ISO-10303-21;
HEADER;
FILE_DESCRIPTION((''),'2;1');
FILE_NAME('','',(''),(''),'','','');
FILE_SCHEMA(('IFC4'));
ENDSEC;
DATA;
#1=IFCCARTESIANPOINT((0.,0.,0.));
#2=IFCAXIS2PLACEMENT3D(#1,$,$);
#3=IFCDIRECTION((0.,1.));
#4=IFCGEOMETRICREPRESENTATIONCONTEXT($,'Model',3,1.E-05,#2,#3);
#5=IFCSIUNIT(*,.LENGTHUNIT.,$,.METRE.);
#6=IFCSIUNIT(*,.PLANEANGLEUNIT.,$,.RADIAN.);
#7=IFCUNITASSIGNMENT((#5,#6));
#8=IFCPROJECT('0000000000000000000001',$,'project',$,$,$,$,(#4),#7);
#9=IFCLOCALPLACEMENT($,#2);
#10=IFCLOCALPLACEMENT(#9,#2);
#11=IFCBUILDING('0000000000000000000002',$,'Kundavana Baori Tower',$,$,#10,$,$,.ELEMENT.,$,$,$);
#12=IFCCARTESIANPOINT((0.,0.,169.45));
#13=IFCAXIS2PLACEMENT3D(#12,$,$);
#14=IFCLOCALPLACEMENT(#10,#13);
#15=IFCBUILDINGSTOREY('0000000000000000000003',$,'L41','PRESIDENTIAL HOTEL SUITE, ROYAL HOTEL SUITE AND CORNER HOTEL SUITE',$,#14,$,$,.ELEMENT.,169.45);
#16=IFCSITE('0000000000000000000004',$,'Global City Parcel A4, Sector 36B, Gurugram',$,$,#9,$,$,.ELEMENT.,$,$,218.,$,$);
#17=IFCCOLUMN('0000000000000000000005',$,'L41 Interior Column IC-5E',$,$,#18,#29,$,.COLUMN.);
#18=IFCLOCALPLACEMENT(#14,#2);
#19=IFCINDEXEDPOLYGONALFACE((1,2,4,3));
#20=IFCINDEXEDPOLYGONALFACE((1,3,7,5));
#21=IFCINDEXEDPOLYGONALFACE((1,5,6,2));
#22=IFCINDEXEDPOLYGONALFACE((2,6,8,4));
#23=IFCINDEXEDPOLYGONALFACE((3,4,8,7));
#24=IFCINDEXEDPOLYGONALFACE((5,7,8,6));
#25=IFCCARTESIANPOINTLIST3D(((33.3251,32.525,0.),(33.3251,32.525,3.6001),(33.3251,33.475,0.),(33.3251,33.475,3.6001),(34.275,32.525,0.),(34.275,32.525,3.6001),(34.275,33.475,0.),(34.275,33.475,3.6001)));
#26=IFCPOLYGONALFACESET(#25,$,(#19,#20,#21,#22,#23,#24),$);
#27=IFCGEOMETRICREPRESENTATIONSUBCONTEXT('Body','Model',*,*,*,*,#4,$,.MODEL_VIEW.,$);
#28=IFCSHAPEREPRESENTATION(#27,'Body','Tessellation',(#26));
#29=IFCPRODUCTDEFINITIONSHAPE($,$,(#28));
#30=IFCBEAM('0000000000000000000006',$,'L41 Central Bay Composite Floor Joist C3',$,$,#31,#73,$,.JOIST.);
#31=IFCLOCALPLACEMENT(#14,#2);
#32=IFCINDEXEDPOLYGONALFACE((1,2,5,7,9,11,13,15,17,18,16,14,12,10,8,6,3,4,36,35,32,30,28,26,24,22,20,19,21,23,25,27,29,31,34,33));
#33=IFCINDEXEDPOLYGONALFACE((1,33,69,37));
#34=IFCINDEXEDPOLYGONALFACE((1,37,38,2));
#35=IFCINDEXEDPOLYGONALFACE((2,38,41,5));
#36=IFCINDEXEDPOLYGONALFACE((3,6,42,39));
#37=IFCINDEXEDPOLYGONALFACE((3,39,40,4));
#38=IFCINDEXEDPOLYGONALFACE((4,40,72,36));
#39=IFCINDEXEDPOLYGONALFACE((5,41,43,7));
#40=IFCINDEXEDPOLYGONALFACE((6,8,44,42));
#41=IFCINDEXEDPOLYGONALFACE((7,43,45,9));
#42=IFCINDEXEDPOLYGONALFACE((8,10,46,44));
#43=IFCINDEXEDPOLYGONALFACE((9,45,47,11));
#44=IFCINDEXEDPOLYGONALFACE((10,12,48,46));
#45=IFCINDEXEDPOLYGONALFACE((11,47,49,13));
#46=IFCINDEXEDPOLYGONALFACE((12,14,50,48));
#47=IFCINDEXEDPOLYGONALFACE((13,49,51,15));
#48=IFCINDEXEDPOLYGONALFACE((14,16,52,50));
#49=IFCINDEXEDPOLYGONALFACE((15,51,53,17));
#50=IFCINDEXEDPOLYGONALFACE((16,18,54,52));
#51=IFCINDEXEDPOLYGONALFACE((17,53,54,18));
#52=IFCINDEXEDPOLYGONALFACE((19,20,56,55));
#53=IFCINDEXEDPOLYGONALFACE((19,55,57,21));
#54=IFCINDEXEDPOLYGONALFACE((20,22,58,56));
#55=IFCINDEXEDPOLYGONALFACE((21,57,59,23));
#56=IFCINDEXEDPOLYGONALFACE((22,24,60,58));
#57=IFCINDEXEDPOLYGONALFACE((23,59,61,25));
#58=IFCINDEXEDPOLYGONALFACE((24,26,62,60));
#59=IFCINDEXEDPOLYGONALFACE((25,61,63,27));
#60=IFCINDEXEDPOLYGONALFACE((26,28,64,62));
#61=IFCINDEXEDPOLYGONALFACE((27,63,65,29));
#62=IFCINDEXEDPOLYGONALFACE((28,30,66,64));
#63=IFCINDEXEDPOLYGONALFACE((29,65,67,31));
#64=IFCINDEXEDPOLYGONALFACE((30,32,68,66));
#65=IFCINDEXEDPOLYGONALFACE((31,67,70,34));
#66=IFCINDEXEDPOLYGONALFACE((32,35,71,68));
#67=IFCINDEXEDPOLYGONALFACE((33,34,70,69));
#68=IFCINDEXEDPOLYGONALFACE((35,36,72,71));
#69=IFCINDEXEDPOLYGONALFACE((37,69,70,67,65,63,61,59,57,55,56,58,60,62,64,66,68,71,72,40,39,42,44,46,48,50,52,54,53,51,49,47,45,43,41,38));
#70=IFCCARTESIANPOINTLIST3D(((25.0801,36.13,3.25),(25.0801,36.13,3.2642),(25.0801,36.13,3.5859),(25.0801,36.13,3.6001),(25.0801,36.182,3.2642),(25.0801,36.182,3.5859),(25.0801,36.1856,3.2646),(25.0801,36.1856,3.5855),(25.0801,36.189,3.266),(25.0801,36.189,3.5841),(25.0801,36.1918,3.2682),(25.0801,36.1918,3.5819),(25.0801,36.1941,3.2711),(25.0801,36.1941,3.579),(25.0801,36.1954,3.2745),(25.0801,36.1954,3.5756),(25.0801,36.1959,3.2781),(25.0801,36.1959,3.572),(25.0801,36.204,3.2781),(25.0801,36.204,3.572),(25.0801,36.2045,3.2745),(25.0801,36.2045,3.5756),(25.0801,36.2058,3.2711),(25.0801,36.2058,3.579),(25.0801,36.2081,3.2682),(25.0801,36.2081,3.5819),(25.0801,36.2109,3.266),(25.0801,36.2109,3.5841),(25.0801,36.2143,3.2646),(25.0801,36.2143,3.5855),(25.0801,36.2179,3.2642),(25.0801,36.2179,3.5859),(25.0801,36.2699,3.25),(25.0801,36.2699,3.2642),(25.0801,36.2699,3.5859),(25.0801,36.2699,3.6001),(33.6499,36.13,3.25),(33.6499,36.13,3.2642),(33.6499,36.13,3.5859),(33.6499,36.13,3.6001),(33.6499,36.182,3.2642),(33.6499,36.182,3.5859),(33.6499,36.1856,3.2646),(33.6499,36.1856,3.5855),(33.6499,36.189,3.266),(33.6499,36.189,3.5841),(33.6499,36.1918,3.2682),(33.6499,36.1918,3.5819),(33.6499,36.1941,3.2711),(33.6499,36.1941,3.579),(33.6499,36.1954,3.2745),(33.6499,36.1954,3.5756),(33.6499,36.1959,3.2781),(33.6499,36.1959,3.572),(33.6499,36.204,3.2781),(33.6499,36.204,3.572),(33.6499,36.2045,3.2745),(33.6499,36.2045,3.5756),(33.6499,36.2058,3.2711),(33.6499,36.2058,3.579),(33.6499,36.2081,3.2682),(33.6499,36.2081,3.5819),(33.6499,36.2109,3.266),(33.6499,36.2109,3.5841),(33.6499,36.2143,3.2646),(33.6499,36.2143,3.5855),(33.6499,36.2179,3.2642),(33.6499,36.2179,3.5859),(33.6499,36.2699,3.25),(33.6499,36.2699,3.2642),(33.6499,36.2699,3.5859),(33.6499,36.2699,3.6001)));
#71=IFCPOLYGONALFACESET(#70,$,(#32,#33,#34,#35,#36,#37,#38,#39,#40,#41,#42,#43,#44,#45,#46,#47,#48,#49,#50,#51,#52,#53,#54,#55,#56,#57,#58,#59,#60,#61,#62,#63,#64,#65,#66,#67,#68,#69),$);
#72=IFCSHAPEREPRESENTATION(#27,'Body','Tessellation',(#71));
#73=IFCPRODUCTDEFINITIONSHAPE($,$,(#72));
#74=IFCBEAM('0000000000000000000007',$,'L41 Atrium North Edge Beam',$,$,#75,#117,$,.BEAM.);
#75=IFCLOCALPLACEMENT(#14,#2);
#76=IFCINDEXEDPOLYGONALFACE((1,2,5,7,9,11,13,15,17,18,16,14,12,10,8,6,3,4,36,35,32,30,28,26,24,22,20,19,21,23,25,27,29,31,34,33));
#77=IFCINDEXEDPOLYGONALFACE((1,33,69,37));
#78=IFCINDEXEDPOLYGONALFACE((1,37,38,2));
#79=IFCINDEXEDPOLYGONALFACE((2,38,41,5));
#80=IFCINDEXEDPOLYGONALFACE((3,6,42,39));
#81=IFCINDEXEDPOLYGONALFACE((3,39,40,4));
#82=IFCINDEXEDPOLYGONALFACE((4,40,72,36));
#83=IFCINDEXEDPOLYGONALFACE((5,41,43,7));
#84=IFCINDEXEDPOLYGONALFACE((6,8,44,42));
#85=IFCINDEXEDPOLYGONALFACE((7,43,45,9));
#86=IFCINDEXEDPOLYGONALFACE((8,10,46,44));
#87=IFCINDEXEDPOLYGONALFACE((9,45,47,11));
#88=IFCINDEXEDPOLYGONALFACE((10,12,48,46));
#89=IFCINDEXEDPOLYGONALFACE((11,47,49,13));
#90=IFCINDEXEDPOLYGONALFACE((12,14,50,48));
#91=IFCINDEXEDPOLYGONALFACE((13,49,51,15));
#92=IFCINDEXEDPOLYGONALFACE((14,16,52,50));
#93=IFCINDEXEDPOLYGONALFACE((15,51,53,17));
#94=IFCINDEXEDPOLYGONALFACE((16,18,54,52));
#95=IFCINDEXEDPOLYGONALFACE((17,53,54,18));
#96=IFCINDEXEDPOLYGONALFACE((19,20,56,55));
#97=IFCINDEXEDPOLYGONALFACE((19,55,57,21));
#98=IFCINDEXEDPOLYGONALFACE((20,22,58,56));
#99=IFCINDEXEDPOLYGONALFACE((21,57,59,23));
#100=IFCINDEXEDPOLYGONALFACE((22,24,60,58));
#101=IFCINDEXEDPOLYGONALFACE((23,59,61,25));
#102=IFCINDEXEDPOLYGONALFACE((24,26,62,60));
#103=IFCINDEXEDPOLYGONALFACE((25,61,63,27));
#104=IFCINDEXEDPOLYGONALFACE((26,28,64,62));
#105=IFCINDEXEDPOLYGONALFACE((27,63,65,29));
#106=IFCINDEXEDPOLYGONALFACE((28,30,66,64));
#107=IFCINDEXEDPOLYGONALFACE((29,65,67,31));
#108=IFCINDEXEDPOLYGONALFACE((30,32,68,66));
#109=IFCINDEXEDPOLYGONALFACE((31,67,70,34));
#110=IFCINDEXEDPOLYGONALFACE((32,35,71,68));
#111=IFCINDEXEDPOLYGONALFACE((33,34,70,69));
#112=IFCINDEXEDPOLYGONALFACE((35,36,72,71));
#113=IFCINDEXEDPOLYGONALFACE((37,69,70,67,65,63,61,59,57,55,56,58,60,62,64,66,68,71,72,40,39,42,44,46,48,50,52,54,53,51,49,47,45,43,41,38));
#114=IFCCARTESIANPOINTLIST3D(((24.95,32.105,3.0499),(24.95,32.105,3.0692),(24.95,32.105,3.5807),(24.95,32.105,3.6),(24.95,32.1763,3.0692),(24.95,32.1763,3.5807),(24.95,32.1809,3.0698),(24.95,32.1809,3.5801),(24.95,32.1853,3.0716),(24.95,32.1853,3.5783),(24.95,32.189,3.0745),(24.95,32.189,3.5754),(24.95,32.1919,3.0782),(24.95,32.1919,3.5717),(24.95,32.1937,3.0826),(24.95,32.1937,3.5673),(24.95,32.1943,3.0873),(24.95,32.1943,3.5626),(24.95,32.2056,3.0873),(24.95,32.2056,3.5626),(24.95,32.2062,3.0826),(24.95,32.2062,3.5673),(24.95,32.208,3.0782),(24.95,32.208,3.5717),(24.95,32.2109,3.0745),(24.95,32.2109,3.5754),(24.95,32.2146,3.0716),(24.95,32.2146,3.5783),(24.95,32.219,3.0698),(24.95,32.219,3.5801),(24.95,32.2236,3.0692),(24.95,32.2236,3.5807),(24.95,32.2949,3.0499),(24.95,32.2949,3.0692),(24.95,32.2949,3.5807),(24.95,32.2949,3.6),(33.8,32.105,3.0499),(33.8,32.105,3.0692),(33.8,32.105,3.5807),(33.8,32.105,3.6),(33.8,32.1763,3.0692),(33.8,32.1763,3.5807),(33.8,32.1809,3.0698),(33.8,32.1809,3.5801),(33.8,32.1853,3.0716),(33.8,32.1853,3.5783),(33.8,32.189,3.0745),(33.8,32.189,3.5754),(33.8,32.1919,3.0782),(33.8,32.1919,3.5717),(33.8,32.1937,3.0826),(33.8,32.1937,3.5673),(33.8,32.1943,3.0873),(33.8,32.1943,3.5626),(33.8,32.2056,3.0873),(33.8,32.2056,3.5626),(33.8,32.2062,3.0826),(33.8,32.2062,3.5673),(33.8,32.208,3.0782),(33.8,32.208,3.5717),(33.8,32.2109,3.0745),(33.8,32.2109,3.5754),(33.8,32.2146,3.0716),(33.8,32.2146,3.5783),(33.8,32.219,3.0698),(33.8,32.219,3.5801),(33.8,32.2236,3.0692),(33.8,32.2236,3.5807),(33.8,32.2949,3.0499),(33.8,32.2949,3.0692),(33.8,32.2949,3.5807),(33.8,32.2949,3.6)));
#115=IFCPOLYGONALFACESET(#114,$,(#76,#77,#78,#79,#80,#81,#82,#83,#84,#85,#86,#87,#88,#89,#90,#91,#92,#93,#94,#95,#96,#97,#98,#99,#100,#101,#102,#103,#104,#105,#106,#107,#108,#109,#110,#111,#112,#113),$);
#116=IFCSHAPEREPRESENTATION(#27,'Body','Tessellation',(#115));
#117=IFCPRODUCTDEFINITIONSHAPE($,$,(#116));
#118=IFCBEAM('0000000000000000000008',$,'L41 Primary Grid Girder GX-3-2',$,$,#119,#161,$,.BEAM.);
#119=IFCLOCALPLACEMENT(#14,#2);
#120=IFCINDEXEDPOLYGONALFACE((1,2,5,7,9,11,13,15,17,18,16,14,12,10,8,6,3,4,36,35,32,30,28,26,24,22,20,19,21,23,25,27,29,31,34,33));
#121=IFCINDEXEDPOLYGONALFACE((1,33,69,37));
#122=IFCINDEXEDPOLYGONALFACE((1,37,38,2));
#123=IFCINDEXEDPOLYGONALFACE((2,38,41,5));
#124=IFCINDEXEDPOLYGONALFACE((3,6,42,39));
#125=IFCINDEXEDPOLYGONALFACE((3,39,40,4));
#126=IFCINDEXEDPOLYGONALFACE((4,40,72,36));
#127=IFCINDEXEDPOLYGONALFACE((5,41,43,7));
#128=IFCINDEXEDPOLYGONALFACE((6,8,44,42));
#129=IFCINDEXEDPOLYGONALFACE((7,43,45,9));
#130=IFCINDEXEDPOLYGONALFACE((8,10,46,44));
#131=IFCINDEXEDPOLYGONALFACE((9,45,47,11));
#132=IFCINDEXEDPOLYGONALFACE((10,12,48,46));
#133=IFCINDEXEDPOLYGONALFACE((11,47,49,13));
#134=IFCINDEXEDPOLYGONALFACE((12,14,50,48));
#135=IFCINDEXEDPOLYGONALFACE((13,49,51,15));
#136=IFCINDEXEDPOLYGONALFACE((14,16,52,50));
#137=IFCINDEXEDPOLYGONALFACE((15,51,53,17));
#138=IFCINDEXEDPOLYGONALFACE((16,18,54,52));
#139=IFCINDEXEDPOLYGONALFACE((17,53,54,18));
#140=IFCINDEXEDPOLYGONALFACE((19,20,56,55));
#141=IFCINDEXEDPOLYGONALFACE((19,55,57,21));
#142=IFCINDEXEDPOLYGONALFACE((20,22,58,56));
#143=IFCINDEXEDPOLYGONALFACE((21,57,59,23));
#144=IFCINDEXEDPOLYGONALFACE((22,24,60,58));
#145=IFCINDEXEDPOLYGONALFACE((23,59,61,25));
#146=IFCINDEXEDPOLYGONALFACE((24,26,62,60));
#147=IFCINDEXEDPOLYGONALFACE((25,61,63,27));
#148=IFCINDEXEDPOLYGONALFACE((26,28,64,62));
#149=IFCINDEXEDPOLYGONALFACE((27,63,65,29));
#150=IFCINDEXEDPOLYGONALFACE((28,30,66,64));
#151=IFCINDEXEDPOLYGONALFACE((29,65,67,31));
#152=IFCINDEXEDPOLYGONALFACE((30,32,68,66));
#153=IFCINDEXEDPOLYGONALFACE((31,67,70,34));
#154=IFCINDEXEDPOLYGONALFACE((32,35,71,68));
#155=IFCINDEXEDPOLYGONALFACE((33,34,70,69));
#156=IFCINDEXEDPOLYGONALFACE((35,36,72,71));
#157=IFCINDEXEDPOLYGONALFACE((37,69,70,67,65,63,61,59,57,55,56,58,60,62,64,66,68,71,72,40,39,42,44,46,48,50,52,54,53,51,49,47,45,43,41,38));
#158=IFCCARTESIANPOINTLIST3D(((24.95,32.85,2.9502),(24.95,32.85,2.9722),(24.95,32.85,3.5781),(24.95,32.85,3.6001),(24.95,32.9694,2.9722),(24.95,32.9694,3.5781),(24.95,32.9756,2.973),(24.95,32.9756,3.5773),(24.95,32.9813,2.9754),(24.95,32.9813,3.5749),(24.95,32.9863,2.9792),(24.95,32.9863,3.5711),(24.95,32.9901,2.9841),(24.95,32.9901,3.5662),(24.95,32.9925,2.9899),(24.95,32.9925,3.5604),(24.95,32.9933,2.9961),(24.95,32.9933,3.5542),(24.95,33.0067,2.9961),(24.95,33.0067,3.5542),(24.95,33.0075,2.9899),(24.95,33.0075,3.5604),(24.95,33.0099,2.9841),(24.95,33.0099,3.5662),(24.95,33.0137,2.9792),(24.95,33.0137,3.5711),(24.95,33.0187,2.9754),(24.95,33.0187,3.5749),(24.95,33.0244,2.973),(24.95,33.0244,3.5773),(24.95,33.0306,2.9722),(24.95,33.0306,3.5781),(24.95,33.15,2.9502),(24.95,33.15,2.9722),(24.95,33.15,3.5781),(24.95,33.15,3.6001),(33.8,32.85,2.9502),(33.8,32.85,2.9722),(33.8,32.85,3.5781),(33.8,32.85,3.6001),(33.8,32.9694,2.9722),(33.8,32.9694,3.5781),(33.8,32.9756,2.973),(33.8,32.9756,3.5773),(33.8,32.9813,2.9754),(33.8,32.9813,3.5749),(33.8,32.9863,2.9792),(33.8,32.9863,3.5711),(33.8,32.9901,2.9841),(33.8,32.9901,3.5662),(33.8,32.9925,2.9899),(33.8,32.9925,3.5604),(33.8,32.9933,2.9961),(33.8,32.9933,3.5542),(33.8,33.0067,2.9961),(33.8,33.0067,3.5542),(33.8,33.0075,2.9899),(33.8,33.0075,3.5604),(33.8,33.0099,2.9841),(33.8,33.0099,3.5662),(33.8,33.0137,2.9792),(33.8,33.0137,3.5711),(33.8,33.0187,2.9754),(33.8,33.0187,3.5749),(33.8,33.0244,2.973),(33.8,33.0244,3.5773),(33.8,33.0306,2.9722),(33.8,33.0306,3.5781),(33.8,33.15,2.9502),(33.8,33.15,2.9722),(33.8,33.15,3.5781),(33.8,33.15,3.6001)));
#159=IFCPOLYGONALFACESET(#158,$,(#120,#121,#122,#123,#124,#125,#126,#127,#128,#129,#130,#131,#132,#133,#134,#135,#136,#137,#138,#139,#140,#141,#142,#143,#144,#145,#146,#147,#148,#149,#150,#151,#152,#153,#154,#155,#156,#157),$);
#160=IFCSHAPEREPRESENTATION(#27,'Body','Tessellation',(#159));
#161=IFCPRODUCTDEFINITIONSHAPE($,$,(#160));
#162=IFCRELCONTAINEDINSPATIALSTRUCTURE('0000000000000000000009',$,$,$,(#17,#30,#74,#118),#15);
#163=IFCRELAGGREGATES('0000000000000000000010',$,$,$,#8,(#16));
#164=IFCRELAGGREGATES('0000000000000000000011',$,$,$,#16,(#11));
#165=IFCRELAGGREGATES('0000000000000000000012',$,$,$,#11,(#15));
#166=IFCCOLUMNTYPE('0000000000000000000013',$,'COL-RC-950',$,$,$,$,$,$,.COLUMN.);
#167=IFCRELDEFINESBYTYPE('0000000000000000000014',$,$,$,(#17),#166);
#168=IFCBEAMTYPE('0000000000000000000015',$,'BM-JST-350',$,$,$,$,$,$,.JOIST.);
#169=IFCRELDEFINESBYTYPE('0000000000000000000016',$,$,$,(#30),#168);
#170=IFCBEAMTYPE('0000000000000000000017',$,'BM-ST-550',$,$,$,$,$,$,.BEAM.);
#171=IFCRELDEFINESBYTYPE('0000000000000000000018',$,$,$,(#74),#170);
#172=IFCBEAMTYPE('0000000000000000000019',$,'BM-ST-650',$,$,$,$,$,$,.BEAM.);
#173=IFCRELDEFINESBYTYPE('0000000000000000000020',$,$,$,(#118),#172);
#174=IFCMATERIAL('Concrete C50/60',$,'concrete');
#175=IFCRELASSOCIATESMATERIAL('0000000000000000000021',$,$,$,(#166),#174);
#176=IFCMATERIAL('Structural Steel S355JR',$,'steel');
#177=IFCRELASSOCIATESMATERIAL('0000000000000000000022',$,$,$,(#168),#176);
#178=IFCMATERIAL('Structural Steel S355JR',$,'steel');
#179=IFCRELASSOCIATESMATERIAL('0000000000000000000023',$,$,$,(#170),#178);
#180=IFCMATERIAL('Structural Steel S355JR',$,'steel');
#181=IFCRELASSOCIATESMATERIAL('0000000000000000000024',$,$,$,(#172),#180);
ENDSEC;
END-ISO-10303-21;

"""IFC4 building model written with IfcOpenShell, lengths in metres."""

from ifc_helpers import new_model, si_unit, direction, frame, origin, origin_2d, place, context, subcontext, project, spatial, rectangle, i_section, extrude, material, material_profile, profile_set, type_object, element, save


model = new_model("IFC4")

# Units and contexts
model_context = context("Model", 3, precision=1e-05, world=origin(), true_north=direction((0.0, 1.0)))
body_context = subcontext(model_context, "Body", "Model", "MODEL_VIEW")
ifc_project = project(units=[si_unit("LENGTHUNIT", "METRE"), si_unit("PLANEANGLEUNIT", "RADIAN")], contexts=[model_context])

# Site, building, storey
site_placement = place(None, origin())
site = spatial("IfcSite", under=ifc_project, at=site_placement, Name="Global City Parcel A4, Sector 36B, Gurugram", CompositionType="ELEMENT", RefElevation=218.0)
building_placement = place(site_placement, origin())
building = spatial("IfcBuilding", under=site, at=building_placement, Name="Kundavana Baori Tower", CompositionType="ELEMENT")
storey_placement = place(building_placement, frame((0.0, 0.0, 169.45)))
storey = spatial("IfcBuildingStorey", under=building, at=storey_placement, Name="L41", Description="PRESIDENTIAL HOTEL SUITE, ROYAL HOTEL SUITE AND CORNER HOTEL SUITE", CompositionType="ELEMENT", Elevation=169.45)

# Column
ifc_material_1 = material(Name="Concrete C50/60", Category="concrete")
ifc_material_profile_1 = material_profile(ifc_material_1, rectangle(XDim=0.95, YDim=0.95, at=origin_2d()), Name="RC 950x950")
ifc_profile_set_1 = profile_set([ifc_material_profile_1], Name="Concrete C50/60")
column_type = type_object("IfcColumnType", Name="COL-RC-950", PredefinedType="COLUMN", material=ifc_profile_set_1)
column_placement = place(storey_placement, frame((33.8, 33.0, 0.0), z_axis=(0.0, 0.0, 1.0), x_axis=(1.0, 0.0, 0.0)))
element("IfcColumn", 1, at=column_placement, inside=storey, type_object=column_type, Name="L41 Interior Column IC-5E", PredefinedType="COLUMN", context=body_context, shape_type="SweptSolid", body=[
    extrude(rectangle(XDim=0.95, YDim=0.95, at=origin_2d()), origin(), (0.0, 0.0, 1.0), 3.6001),
])

# Beams
ifc_material_2 = material(Name="Structural Steel S355JR", Category="steel")
ifc_material_profile_2 = material_profile(ifc_material_2, i_section(OverallWidth=0.1399, OverallDepth=0.3501, WebThickness=0.0081, FlangeThickness=0.0142, FilletRadius=0.0139, at=origin_2d()), Name="ISMB 350")
ifc_profile_set_2 = profile_set([ifc_material_profile_2], Name="Structural Steel S355JR")
beam_type_1 = type_object("IfcBeamType", Name="BM-JST-350", PredefinedType="JOIST", material=ifc_profile_set_2)
beam_1_placement = place(storey_placement, frame((25.0801, 36.2, 3.425), z_axis=(1.0, 0.0, 0.0), x_axis=(0.0, 1.0, 0.0)))
element("IfcBeam", 2, at=beam_1_placement, inside=storey, type_object=beam_type_1, Name="L41 Central Bay Composite Floor Joist C3", PredefinedType="JOIST", context=body_context, shape_type="SweptSolid", body=[
    extrude(i_section(OverallWidth=0.1399, OverallDepth=0.3501, WebThickness=0.0081, FlangeThickness=0.0142, FilletRadius=0.0139, at=origin_2d()), origin(), (0.0, 0.0, 1.0), 8.5698),
])
ifc_material_3 = material(Name="Structural Steel S355JR", Category="steel")
ifc_material_profile_3 = material_profile(ifc_material_3, i_section(OverallWidth=0.1899, OverallDepth=0.55, WebThickness=0.0112, FlangeThickness=0.0193, FilletRadius=0.0181, at=origin_2d()), Name="ISMB 550")
ifc_profile_set_3 = profile_set([ifc_material_profile_3], Name="Structural Steel S355JR")
beam_type_2 = type_object("IfcBeamType", Name="BM-ST-550", PredefinedType="BEAM", material=ifc_profile_set_3)
beam_2_placement = place(storey_placement, frame((24.95, 32.2, 3.325), z_axis=(1.0, 0.0, 0.0), x_axis=(0.0, 1.0, 0.0)))
element("IfcBeam", 3, at=beam_2_placement, inside=storey, type_object=beam_type_2, Name="L41 Atrium North Edge Beam", PredefinedType="BEAM", context=body_context, shape_type="SweptSolid", body=[
    extrude(i_section(OverallWidth=0.1899, OverallDepth=0.55, WebThickness=0.0112, FlangeThickness=0.0193, FilletRadius=0.0181, at=origin_2d()), origin(), (0.0, 0.0, 1.0), 8.8501),
])
ifc_material_4 = material(Name="Structural Steel S355JR", Category="steel")
ifc_material_profile_4 = material_profile(ifc_material_4, i_section(OverallWidth=0.3, OverallDepth=0.6499, WebThickness=0.0134, FlangeThickness=0.022, FilletRadius=0.0239, at=origin_2d()), Name="NPB 650x300x155")
ifc_profile_set_4 = profile_set([ifc_material_profile_4], Name="Structural Steel S355JR")
beam_type_3 = type_object("IfcBeamType", Name="BM-ST-650", PredefinedType="BEAM", material=ifc_profile_set_4)
beam_3_placement = place(storey_placement, frame((24.95, 33.0, 3.2751), z_axis=(1.0, 0.0, 0.0), x_axis=(0.0, 1.0, 0.0)))
element("IfcBeam", 4, at=beam_3_placement, inside=storey, type_object=beam_type_3, Name="L41 Primary Grid Girder GX-3-2", PredefinedType="BEAM", context=body_context, shape_type="SweptSolid", body=[
    extrude(i_section(OverallWidth=0.3, OverallDepth=0.6499, WebThickness=0.0134, FlangeThickness=0.022, FilletRadius=0.0239, at=origin_2d()), origin(), (0.0, 0.0, 1.0), 8.8501),
])

save(model, "model.ifc")
